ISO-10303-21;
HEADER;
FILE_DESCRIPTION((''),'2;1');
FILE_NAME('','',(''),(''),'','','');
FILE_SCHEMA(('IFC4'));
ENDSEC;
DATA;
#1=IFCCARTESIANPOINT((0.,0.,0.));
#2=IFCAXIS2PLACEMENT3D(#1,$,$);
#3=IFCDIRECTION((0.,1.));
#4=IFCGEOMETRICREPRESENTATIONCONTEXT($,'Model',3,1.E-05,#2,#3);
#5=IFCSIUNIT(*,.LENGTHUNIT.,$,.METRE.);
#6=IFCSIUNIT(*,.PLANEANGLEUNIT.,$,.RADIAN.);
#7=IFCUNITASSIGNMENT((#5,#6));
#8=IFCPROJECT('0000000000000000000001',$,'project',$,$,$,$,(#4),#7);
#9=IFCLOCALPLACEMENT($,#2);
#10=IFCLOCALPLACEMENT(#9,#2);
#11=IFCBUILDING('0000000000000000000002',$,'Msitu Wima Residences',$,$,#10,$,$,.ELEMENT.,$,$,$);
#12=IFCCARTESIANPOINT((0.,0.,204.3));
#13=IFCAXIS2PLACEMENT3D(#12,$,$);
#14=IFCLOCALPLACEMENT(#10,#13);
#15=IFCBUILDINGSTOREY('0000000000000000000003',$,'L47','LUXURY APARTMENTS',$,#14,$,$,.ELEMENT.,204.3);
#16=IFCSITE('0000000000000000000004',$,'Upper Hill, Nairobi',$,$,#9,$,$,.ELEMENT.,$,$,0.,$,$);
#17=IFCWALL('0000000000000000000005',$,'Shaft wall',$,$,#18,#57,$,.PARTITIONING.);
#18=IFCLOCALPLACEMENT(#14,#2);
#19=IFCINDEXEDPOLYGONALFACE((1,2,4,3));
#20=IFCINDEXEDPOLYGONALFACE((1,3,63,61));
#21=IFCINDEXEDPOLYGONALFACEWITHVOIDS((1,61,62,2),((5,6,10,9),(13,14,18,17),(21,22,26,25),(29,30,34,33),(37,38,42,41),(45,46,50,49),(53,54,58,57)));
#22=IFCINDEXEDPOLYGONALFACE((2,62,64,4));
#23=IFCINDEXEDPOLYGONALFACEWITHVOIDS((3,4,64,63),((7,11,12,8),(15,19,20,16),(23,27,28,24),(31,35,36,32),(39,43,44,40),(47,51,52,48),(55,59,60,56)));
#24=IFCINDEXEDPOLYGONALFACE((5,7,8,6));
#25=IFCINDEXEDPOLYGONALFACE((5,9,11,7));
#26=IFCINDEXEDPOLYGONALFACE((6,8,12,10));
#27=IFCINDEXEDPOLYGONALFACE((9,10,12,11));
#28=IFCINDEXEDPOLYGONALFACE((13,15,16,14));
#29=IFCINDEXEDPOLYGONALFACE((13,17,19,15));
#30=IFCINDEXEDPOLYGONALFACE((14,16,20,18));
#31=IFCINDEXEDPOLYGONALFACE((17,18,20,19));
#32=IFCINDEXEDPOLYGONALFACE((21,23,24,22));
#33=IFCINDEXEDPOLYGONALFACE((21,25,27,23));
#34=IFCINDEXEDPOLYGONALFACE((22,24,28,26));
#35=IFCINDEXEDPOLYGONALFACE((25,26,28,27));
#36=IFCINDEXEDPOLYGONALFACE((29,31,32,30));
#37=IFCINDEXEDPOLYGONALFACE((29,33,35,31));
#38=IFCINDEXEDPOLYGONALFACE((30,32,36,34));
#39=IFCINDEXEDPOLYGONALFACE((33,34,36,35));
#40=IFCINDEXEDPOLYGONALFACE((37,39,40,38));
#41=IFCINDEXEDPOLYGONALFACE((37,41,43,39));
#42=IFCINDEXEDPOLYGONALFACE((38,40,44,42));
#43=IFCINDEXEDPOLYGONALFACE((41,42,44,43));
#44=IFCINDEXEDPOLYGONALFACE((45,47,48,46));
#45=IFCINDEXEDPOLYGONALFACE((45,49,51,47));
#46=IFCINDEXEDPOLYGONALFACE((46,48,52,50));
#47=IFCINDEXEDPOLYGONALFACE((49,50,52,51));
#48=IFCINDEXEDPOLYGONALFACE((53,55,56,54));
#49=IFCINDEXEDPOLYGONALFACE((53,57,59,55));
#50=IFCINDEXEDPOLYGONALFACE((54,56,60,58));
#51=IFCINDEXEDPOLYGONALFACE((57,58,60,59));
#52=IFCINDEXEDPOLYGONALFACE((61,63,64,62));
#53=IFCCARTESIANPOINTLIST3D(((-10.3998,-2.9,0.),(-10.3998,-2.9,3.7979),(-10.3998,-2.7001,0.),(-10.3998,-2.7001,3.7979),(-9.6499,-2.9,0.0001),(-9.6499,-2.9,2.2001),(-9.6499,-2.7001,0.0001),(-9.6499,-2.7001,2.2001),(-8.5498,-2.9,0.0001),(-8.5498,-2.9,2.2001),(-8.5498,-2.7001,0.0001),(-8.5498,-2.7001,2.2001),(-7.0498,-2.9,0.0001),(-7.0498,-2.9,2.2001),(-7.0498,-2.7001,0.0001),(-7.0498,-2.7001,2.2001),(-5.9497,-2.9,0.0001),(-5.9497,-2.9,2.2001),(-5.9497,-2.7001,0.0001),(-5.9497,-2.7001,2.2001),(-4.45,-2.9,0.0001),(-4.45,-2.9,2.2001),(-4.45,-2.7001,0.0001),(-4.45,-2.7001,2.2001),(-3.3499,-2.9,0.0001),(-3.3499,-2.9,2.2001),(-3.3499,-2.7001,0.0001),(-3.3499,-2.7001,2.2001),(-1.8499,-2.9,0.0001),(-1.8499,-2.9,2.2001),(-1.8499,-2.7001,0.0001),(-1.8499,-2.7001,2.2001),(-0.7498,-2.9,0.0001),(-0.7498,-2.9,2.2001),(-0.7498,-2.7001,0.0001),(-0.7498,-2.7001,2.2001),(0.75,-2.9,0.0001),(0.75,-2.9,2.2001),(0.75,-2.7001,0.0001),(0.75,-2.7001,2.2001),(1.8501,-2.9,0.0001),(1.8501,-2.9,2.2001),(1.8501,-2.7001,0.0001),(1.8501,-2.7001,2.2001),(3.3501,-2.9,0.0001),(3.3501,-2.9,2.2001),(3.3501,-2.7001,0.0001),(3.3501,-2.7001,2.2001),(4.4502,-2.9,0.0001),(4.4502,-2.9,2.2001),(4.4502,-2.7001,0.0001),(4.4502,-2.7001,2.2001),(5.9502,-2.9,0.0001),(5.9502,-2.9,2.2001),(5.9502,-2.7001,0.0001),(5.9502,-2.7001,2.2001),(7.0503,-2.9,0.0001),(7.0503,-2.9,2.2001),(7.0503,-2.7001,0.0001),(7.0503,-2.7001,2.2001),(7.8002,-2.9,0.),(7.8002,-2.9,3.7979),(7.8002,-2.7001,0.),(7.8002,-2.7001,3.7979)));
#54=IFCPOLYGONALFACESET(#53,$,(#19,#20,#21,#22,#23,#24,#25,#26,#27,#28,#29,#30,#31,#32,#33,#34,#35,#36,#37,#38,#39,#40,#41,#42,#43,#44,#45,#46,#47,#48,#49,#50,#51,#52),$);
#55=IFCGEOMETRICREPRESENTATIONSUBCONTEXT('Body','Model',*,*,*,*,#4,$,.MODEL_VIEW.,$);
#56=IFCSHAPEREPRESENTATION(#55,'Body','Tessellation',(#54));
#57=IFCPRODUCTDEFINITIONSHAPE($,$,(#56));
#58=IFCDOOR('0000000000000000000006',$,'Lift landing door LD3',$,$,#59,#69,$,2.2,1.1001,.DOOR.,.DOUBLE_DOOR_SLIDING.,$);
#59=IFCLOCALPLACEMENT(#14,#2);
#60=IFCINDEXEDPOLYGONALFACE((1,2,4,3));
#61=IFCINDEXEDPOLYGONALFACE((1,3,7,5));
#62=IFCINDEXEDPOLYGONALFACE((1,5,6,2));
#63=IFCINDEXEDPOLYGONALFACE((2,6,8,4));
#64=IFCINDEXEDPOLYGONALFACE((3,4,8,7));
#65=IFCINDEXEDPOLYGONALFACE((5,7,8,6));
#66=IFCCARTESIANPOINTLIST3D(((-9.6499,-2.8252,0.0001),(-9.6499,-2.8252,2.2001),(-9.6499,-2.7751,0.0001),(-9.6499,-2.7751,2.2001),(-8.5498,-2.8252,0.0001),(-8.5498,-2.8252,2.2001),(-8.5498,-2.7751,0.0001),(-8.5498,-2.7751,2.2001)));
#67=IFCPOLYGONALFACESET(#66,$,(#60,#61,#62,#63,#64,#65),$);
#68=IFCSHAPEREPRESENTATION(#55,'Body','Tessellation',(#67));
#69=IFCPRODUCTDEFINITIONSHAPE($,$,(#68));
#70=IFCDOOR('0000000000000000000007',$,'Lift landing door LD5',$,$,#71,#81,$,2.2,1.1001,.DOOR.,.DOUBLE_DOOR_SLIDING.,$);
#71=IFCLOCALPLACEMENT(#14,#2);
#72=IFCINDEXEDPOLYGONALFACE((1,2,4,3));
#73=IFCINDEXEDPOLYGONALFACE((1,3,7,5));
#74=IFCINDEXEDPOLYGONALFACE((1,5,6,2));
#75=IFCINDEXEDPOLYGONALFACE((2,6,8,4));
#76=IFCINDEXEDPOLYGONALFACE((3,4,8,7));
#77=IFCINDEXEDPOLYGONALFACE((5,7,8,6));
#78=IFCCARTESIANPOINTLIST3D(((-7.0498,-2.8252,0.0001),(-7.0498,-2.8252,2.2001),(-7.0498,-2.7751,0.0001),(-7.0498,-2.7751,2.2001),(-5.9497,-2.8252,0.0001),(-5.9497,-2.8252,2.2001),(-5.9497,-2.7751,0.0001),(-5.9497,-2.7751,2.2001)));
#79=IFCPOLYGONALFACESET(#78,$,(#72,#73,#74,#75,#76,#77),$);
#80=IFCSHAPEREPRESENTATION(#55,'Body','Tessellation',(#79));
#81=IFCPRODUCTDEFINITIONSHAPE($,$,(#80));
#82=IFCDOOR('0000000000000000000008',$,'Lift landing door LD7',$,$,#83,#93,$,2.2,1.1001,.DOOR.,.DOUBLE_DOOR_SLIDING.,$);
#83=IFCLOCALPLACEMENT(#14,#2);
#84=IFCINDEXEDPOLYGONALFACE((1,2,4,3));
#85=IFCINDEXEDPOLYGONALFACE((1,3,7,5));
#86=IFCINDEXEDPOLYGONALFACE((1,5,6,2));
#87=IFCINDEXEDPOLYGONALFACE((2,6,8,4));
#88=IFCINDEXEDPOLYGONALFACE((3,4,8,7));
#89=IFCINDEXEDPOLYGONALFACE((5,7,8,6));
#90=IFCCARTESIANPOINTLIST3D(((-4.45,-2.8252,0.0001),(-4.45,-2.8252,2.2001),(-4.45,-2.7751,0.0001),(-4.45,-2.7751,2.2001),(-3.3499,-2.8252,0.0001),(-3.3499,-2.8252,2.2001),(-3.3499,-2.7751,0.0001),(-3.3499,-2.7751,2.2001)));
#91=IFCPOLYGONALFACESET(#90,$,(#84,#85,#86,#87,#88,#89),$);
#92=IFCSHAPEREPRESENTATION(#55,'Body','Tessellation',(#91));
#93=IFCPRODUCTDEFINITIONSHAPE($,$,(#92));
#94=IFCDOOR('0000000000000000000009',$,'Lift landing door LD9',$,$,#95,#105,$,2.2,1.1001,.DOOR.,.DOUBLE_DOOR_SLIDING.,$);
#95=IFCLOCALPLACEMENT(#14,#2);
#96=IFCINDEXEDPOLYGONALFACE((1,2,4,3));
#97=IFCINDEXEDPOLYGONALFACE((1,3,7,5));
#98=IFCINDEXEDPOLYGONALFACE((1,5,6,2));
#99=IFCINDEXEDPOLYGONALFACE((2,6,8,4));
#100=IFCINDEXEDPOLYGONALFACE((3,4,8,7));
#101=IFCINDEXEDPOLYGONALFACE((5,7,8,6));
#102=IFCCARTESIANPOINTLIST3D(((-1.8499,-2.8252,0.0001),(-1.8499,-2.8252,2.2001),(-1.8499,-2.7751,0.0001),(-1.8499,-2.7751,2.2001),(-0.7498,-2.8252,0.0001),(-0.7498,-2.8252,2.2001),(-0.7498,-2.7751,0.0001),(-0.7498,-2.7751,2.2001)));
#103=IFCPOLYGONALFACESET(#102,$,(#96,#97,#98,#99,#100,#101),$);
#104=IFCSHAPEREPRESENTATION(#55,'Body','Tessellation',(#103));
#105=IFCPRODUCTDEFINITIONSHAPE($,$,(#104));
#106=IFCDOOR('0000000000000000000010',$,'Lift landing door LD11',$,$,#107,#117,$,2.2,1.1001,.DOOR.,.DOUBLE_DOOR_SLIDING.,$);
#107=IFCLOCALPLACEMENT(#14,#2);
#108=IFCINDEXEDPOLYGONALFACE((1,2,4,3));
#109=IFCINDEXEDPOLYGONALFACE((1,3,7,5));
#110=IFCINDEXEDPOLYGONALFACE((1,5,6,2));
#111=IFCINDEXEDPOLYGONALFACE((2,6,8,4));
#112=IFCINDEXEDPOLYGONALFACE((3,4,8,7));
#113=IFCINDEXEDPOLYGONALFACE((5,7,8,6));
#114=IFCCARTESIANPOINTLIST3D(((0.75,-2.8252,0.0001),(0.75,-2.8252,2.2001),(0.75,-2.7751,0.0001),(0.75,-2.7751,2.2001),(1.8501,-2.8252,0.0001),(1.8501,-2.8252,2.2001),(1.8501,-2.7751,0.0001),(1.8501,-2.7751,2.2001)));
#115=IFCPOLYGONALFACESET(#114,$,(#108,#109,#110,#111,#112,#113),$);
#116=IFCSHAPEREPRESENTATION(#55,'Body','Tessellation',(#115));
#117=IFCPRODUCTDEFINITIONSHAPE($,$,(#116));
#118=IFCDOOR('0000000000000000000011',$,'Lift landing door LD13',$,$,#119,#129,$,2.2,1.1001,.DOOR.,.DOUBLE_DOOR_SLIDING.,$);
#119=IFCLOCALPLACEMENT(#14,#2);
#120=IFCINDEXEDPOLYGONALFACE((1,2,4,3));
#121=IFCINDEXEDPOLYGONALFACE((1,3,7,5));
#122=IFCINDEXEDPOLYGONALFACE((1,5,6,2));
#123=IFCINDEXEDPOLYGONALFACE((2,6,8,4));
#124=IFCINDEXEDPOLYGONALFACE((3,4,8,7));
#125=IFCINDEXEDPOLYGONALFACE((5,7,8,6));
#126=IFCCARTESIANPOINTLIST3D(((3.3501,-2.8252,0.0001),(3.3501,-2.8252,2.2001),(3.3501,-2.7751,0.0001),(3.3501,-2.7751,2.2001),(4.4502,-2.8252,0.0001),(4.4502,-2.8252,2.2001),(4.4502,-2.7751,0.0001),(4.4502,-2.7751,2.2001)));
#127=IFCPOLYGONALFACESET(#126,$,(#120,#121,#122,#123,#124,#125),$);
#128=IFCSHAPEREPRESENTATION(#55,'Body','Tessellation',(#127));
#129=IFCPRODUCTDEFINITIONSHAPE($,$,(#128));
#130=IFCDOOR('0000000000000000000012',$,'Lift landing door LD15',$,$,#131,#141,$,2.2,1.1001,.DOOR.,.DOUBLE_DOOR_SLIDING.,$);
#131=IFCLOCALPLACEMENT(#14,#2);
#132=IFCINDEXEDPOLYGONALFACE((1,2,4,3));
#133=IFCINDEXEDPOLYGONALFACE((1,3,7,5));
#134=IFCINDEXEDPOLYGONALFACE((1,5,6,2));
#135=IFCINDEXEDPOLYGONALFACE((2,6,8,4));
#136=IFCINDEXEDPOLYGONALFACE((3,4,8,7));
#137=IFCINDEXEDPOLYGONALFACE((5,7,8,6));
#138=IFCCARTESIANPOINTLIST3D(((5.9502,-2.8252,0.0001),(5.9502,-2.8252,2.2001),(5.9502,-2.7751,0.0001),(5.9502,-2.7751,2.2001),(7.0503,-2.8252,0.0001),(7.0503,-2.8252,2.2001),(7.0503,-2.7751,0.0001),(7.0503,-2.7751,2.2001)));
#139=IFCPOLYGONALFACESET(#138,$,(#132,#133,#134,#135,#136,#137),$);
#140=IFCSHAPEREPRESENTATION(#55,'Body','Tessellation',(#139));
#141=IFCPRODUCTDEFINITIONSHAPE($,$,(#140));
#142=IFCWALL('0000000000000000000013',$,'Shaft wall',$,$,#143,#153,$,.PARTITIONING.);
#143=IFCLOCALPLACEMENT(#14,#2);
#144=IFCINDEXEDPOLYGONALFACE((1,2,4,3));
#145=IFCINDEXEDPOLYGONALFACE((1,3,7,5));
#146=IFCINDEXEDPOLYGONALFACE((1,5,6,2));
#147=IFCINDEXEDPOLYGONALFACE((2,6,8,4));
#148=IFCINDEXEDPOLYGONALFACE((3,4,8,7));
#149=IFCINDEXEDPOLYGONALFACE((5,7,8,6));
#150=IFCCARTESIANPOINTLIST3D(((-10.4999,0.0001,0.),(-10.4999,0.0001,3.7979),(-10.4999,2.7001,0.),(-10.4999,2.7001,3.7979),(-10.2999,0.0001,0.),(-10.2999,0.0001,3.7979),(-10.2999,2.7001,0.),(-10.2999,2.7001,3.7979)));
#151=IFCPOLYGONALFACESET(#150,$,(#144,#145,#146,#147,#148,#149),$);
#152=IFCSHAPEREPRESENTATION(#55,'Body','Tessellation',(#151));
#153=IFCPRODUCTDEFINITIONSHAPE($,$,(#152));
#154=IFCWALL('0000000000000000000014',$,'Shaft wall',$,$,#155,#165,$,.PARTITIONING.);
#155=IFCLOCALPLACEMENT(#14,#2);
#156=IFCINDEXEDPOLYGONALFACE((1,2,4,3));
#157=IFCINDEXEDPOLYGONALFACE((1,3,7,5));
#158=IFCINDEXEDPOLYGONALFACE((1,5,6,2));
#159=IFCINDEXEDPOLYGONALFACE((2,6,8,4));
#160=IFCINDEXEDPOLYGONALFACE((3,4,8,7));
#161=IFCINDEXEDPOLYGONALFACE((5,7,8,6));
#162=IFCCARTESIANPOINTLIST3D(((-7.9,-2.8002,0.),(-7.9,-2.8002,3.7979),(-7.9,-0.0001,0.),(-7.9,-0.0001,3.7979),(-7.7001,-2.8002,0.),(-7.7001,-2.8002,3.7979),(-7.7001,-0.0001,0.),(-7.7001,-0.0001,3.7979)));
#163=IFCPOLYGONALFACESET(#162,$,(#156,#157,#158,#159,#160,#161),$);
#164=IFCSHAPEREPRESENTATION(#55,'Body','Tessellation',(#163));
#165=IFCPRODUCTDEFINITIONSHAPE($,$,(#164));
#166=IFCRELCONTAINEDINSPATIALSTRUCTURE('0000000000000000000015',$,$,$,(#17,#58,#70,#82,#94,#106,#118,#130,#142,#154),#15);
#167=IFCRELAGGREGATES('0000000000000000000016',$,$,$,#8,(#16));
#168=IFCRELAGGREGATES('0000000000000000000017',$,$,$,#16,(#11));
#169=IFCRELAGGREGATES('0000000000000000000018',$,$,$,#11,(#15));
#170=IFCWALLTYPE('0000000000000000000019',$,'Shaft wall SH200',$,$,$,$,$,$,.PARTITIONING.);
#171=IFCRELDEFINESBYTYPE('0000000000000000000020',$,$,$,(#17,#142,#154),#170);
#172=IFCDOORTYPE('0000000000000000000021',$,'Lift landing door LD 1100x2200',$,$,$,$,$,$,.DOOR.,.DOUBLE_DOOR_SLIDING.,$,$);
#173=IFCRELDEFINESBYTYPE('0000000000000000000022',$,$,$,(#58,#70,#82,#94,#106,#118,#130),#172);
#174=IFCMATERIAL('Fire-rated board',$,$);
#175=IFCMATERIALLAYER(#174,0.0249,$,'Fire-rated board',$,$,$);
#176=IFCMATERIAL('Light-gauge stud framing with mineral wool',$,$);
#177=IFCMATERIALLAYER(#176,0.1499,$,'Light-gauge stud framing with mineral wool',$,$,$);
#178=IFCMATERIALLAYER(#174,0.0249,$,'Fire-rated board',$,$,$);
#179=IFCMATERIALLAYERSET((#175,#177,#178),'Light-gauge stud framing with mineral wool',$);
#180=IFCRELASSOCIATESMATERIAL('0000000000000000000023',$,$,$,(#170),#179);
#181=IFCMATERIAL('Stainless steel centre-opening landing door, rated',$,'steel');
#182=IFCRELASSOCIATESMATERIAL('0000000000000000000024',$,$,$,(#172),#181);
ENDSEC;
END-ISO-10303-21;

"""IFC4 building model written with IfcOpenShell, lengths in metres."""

from ifc_helpers import new_model, si_unit, direction, frame, frame_2d, origin, place, context, subcontext, project, spatial, rectangle, extrude, material, layer, layer_set, type_object, element, fill, save


model = new_model("IFC4")

# Units and contexts
model_context = context("Model", 3, precision=1e-05, world=origin(), true_north=direction((0.0, 1.0)))
body_context = subcontext(model_context, "Body", "Model", "MODEL_VIEW")
ifc_project = project(units=[si_unit("LENGTHUNIT", "METRE"), si_unit("PLANEANGLEUNIT", "RADIAN")], contexts=[model_context])

# Site, building, storey
site_placement = place(None, origin())
site = spatial("IfcSite", under=ifc_project, at=site_placement, Name="Upper Hill, Nairobi", CompositionType="ELEMENT", RefElevation=0.0)
building_placement = place(site_placement, origin())
building = spatial("IfcBuilding", under=site, at=building_placement, Name="Msitu Wima Residences", CompositionType="ELEMENT")
storey_placement = place(building_placement, frame((0.0, 0.0, 204.3)))
storey = spatial("IfcBuildingStorey", under=building, at=storey_placement, Name="L47", Description="LUXURY APARTMENTS", CompositionType="ELEMENT", Elevation=204.3)

# Shared definitions
ifc_material_1 = material(Name="Fire-rated board")
ifc_layer_1 = layer(ifc_material_1, 0.0249, Name="Fire-rated board")
ifc_material_2 = material(Name="Light-gauge stud framing with mineral wool")
ifc_layer_2 = layer(ifc_material_2, 0.1499, Name="Light-gauge stud framing with mineral wool")
ifc_layer_3 = layer(ifc_material_1, 0.0249, Name="Fire-rated board")
ifc_layer_set_1 = layer_set([ifc_layer_1, ifc_layer_2, ifc_layer_3], Name="Light-gauge stud framing with mineral wool")
wall_type_1 = type_object("IfcWallType", Name="Shaft wall SH200", PredefinedType="PARTITIONING", material=ifc_layer_set_1)

# Wall, openings, doors
wall_1_placement = place(storey_placement, frame((-10.3999, -2.8, 0.0), z_axis=(0.0, 0.0, 1.0), x_axis=(1.0, 0.0, 0.0)))
wall_1 = element("IfcWall", 1, at=wall_1_placement, inside=storey, type_object=wall_type_1, Name="Shaft wall", PredefinedType="PARTITIONING", context=body_context, shape_type="SweptSolid", body=[
    extrude(rectangle(XDim=18.2, YDim=0.2, at=frame_2d((9.1001, 0.0))), origin(), (0.0, 0.0, 1.0), 3.7979),
])
opening_1_placement = place(wall_1_placement, frame((0.75, 0.0, 0.0)))
opening_1 = element("IfcOpeningElement", 2, at=opening_1_placement, cuts=wall_1, PredefinedType="OPENING", context=body_context, shape_type="SweptSolid", body=[
    extrude(rectangle(XDim=1.1001, YDim=2.2, at=frame_2d((0.55, 1.1001))), frame((0.0, 0.1099, 0.0), z_axis=(0.0, -1.0, 0.0), x_axis=(1.0, 0.0, 0.0)), (0.0, 0.0, 1.0), 0.22),
])
opening_2_placement = place(wall_1_placement, frame((3.3501, 0.0, 0.0)))
opening_2 = element("IfcOpeningElement", 3, at=opening_2_placement, cuts=wall_1, PredefinedType="OPENING", context=body_context, shape_type="SweptSolid", body=[
    extrude(rectangle(XDim=1.1001, YDim=2.2, at=frame_2d((0.55, 1.1001))), frame((0.0, 0.1099, 0.0), z_axis=(0.0, -1.0, 0.0), x_axis=(1.0, 0.0, 0.0)), (0.0, 0.0, 1.0), 0.22),
])
opening_3_placement = place(wall_1_placement, frame((5.95, 0.0, 0.0)))
opening_3 = element("IfcOpeningElement", 4, at=opening_3_placement, cuts=wall_1, PredefinedType="OPENING", context=body_context, shape_type="SweptSolid", body=[
    extrude(rectangle(XDim=1.1001, YDim=2.2, at=frame_2d((0.55, 1.1001))), frame((0.0, 0.1099, 0.0), z_axis=(0.0, -1.0, 0.0), x_axis=(1.0, 0.0, 0.0)), (0.0, 0.0, 1.0), 0.22),
])
opening_4_placement = place(wall_1_placement, frame((8.55, 0.0, 0.0)))
opening_4 = element("IfcOpeningElement", 5, at=opening_4_placement, cuts=wall_1, PredefinedType="OPENING", context=body_context, shape_type="SweptSolid", body=[
    extrude(rectangle(XDim=1.1001, YDim=2.2, at=frame_2d((0.55, 1.1001))), frame((0.0, 0.1099, 0.0), z_axis=(0.0, -1.0, 0.0), x_axis=(1.0, 0.0, 0.0)), (0.0, 0.0, 1.0), 0.22),
])
opening_5_placement = place(wall_1_placement, frame((11.1499, 0.0, 0.0)))
opening_5 = element("IfcOpeningElement", 6, at=opening_5_placement, cuts=wall_1, PredefinedType="OPENING", context=body_context, shape_type="SweptSolid", body=[
    extrude(rectangle(XDim=1.1001, YDim=2.2, at=frame_2d((0.55, 1.1001))), frame((0.0, 0.1099, 0.0), z_axis=(0.0, -1.0, 0.0), x_axis=(1.0, 0.0, 0.0)), (0.0, 0.0, 1.0), 0.22),
])
opening_6_placement = place(wall_1_placement, frame((13.75, 0.0, 0.0)))
opening_6 = element("IfcOpeningElement", 7, at=opening_6_placement, cuts=wall_1, PredefinedType="OPENING", context=body_context, shape_type="SweptSolid", body=[
    extrude(rectangle(XDim=1.1001, YDim=2.2, at=frame_2d((0.55, 1.1001))), frame((0.0, 0.1099, 0.0), z_axis=(0.0, -1.0, 0.0), x_axis=(1.0, 0.0, 0.0)), (0.0, 0.0, 1.0), 0.22),
])
opening_7_placement = place(wall_1_placement, frame((16.3501, 0.0, 0.0)))
opening_7 = element("IfcOpeningElement", 8, at=opening_7_placement, cuts=wall_1, PredefinedType="OPENING", context=body_context, shape_type="SweptSolid", body=[
    extrude(rectangle(XDim=1.1001, YDim=2.2, at=frame_2d((0.55, 1.1001))), frame((0.0, 0.1099, 0.0), z_axis=(0.0, -1.0, 0.0), x_axis=(1.0, 0.0, 0.0)), (0.0, 0.0, 1.0), 0.22),
])
ifc_material_3 = material(Name="Stainless steel centre-opening landing door, rated", Category="steel")
door_type_1 = type_object("IfcDoorType", Name="Lift landing door LD 1100x2200", OperationType="DOUBLE_DOOR_SLIDING", PredefinedType="DOOR", material=ifc_material_3)
door_1_placement = place(opening_1_placement, origin())
door_1 = element("IfcDoor", 9, at=door_1_placement, inside=storey, type_object=door_type_1, Name="Lift landing door LD3", OperationType="DOUBLE_DOOR_SLIDING", OverallHeight=2.2, OverallWidth=1.1001, PredefinedType="DOOR", context=body_context, shape_type="SweptSolid", body=[
    extrude(rectangle(XDim=1.1001, YDim=2.2, at=frame_2d((0.55, 1.1001))), frame((0.0, 0.0249, 0.0), z_axis=(0.0, -1.0, 0.0), x_axis=(1.0, 0.0, 0.0)), (0.0, 0.0, 1.0), 0.05),
])
fill(opening_1, door_1)
door_2_placement = place(opening_2_placement, origin())
door_2 = element("IfcDoor", 10, at=door_2_placement, inside=storey, type_object=door_type_1, Name="Lift landing door LD5", OperationType="DOUBLE_DOOR_SLIDING", OverallHeight=2.2, OverallWidth=1.1001, PredefinedType="DOOR", context=body_context, shape_type="SweptSolid", body=[
    extrude(rectangle(XDim=1.1001, YDim=2.2, at=frame_2d((0.55, 1.1001))), frame((0.0, 0.0249, 0.0), z_axis=(0.0, -1.0, 0.0), x_axis=(1.0, 0.0, 0.0)), (0.0, 0.0, 1.0), 0.05),
])
fill(opening_2, door_2)
door_3_placement = place(opening_3_placement, origin())
door_3 = element("IfcDoor", 11, at=door_3_placement, inside=storey, type_object=door_type_1, Name="Lift landing door LD7", OperationType="DOUBLE_DOOR_SLIDING", OverallHeight=2.2, OverallWidth=1.1001, PredefinedType="DOOR", context=body_context, shape_type="SweptSolid", body=[
    extrude(rectangle(XDim=1.1001, YDim=2.2, at=frame_2d((0.55, 1.1001))), frame((0.0, 0.0249, 0.0), z_axis=(0.0, -1.0, 0.0), x_axis=(1.0, 0.0, 0.0)), (0.0, 0.0, 1.0), 0.05),
])
fill(opening_3, door_3)
door_4_placement = place(opening_4_placement, origin())
door_4 = element("IfcDoor", 12, at=door_4_placement, inside=storey, type_object=door_type_1, Name="Lift landing door LD9", OperationType="DOUBLE_DOOR_SLIDING", OverallHeight=2.2, OverallWidth=1.1001, PredefinedType="DOOR", context=body_context, shape_type="SweptSolid", body=[
    extrude(rectangle(XDim=1.1001, YDim=2.2, at=frame_2d((0.55, 1.1001))), frame((0.0, 0.0249, 0.0), z_axis=(0.0, -1.0, 0.0), x_axis=(1.0, 0.0, 0.0)), (0.0, 0.0, 1.0), 0.05),
])
fill(opening_4, door_4)
door_5_placement = place(opening_5_placement, origin())
door_5 = element("IfcDoor", 13, at=door_5_placement, inside=storey, type_object=door_type_1, Name="Lift landing door LD11", OperationType="DOUBLE_DOOR_SLIDING", OverallHeight=2.2, OverallWidth=1.1001, PredefinedType="DOOR", context=body_context, shape_type="SweptSolid", body=[
    extrude(rectangle(XDim=1.1001, YDim=2.2, at=frame_2d((0.55, 1.1001))), frame((0.0, 0.0249, 0.0), z_axis=(0.0, -1.0, 0.0), x_axis=(1.0, 0.0, 0.0)), (0.0, 0.0, 1.0), 0.05),
])
fill(opening_5, door_5)
door_6_placement = place(opening_6_placement, origin())
door_6 = element("IfcDoor", 14, at=door_6_placement, inside=storey, type_object=door_type_1, Name="Lift landing door LD13", OperationType="DOUBLE_DOOR_SLIDING", OverallHeight=2.2, OverallWidth=1.1001, PredefinedType="DOOR", context=body_context, shape_type="SweptSolid", body=[
    extrude(rectangle(XDim=1.1001, YDim=2.2, at=frame_2d((0.55, 1.1001))), frame((0.0, 0.0249, 0.0), z_axis=(0.0, -1.0, 0.0), x_axis=(1.0, 0.0, 0.0)), (0.0, 0.0, 1.0), 0.05),
])
fill(opening_6, door_6)
door_7_placement = place(opening_7_placement, origin())
door_7 = element("IfcDoor", 15, at=door_7_placement, inside=storey, type_object=door_type_1, Name="Lift landing door LD15", OperationType="DOUBLE_DOOR_SLIDING", OverallHeight=2.2, OverallWidth=1.1001, PredefinedType="DOOR", context=body_context, shape_type="SweptSolid", body=[
    extrude(rectangle(XDim=1.1001, YDim=2.2, at=frame_2d((0.55, 1.1001))), frame((0.0, 0.0249, 0.0), z_axis=(0.0, -1.0, 0.0), x_axis=(1.0, 0.0, 0.0)), (0.0, 0.0, 1.0), 0.05),
])
fill(opening_7, door_7)

# Walls
wall_2_placement = place(storey_placement, frame((-10.3999, 0.0, 0.0), z_axis=(0.0, 0.0, 1.0), x_axis=(0.0, 1.0, 0.0)))
element("IfcWall", 16, at=wall_2_placement, inside=storey, type_object=wall_type_1, Name="Shaft wall", PredefinedType="PARTITIONING", context=body_context, shape_type="SweptSolid", body=[
    extrude(rectangle(XDim=2.7, YDim=0.2, at=frame_2d((1.3501, 0.0))), origin(), (0.0, 0.0, 1.0), 3.7979),
])
for number, where, z_axis, x_axis, name in (
    (17, (-7.8, -2.8, 0.0), (0.0, 0.0, 1.0), (0.0, 1.0, 0.0), "Shaft wall"),
):
    element("IfcWall", number, at=place(storey_placement, frame(where, z_axis=z_axis, x_axis=x_axis)), inside=storey, type_object=wall_type_1, Name=name, PredefinedType="PARTITIONING", context=body_context, shape_type="SweptSolid", body=[
        extrude(rectangle(XDim=2.8, YDim=0.2, at=frame_2d((1.3999, 0.0))), origin(), (0.0, 0.0, 1.0), 3.7979),
    ])

save(model, "model.ifc")
